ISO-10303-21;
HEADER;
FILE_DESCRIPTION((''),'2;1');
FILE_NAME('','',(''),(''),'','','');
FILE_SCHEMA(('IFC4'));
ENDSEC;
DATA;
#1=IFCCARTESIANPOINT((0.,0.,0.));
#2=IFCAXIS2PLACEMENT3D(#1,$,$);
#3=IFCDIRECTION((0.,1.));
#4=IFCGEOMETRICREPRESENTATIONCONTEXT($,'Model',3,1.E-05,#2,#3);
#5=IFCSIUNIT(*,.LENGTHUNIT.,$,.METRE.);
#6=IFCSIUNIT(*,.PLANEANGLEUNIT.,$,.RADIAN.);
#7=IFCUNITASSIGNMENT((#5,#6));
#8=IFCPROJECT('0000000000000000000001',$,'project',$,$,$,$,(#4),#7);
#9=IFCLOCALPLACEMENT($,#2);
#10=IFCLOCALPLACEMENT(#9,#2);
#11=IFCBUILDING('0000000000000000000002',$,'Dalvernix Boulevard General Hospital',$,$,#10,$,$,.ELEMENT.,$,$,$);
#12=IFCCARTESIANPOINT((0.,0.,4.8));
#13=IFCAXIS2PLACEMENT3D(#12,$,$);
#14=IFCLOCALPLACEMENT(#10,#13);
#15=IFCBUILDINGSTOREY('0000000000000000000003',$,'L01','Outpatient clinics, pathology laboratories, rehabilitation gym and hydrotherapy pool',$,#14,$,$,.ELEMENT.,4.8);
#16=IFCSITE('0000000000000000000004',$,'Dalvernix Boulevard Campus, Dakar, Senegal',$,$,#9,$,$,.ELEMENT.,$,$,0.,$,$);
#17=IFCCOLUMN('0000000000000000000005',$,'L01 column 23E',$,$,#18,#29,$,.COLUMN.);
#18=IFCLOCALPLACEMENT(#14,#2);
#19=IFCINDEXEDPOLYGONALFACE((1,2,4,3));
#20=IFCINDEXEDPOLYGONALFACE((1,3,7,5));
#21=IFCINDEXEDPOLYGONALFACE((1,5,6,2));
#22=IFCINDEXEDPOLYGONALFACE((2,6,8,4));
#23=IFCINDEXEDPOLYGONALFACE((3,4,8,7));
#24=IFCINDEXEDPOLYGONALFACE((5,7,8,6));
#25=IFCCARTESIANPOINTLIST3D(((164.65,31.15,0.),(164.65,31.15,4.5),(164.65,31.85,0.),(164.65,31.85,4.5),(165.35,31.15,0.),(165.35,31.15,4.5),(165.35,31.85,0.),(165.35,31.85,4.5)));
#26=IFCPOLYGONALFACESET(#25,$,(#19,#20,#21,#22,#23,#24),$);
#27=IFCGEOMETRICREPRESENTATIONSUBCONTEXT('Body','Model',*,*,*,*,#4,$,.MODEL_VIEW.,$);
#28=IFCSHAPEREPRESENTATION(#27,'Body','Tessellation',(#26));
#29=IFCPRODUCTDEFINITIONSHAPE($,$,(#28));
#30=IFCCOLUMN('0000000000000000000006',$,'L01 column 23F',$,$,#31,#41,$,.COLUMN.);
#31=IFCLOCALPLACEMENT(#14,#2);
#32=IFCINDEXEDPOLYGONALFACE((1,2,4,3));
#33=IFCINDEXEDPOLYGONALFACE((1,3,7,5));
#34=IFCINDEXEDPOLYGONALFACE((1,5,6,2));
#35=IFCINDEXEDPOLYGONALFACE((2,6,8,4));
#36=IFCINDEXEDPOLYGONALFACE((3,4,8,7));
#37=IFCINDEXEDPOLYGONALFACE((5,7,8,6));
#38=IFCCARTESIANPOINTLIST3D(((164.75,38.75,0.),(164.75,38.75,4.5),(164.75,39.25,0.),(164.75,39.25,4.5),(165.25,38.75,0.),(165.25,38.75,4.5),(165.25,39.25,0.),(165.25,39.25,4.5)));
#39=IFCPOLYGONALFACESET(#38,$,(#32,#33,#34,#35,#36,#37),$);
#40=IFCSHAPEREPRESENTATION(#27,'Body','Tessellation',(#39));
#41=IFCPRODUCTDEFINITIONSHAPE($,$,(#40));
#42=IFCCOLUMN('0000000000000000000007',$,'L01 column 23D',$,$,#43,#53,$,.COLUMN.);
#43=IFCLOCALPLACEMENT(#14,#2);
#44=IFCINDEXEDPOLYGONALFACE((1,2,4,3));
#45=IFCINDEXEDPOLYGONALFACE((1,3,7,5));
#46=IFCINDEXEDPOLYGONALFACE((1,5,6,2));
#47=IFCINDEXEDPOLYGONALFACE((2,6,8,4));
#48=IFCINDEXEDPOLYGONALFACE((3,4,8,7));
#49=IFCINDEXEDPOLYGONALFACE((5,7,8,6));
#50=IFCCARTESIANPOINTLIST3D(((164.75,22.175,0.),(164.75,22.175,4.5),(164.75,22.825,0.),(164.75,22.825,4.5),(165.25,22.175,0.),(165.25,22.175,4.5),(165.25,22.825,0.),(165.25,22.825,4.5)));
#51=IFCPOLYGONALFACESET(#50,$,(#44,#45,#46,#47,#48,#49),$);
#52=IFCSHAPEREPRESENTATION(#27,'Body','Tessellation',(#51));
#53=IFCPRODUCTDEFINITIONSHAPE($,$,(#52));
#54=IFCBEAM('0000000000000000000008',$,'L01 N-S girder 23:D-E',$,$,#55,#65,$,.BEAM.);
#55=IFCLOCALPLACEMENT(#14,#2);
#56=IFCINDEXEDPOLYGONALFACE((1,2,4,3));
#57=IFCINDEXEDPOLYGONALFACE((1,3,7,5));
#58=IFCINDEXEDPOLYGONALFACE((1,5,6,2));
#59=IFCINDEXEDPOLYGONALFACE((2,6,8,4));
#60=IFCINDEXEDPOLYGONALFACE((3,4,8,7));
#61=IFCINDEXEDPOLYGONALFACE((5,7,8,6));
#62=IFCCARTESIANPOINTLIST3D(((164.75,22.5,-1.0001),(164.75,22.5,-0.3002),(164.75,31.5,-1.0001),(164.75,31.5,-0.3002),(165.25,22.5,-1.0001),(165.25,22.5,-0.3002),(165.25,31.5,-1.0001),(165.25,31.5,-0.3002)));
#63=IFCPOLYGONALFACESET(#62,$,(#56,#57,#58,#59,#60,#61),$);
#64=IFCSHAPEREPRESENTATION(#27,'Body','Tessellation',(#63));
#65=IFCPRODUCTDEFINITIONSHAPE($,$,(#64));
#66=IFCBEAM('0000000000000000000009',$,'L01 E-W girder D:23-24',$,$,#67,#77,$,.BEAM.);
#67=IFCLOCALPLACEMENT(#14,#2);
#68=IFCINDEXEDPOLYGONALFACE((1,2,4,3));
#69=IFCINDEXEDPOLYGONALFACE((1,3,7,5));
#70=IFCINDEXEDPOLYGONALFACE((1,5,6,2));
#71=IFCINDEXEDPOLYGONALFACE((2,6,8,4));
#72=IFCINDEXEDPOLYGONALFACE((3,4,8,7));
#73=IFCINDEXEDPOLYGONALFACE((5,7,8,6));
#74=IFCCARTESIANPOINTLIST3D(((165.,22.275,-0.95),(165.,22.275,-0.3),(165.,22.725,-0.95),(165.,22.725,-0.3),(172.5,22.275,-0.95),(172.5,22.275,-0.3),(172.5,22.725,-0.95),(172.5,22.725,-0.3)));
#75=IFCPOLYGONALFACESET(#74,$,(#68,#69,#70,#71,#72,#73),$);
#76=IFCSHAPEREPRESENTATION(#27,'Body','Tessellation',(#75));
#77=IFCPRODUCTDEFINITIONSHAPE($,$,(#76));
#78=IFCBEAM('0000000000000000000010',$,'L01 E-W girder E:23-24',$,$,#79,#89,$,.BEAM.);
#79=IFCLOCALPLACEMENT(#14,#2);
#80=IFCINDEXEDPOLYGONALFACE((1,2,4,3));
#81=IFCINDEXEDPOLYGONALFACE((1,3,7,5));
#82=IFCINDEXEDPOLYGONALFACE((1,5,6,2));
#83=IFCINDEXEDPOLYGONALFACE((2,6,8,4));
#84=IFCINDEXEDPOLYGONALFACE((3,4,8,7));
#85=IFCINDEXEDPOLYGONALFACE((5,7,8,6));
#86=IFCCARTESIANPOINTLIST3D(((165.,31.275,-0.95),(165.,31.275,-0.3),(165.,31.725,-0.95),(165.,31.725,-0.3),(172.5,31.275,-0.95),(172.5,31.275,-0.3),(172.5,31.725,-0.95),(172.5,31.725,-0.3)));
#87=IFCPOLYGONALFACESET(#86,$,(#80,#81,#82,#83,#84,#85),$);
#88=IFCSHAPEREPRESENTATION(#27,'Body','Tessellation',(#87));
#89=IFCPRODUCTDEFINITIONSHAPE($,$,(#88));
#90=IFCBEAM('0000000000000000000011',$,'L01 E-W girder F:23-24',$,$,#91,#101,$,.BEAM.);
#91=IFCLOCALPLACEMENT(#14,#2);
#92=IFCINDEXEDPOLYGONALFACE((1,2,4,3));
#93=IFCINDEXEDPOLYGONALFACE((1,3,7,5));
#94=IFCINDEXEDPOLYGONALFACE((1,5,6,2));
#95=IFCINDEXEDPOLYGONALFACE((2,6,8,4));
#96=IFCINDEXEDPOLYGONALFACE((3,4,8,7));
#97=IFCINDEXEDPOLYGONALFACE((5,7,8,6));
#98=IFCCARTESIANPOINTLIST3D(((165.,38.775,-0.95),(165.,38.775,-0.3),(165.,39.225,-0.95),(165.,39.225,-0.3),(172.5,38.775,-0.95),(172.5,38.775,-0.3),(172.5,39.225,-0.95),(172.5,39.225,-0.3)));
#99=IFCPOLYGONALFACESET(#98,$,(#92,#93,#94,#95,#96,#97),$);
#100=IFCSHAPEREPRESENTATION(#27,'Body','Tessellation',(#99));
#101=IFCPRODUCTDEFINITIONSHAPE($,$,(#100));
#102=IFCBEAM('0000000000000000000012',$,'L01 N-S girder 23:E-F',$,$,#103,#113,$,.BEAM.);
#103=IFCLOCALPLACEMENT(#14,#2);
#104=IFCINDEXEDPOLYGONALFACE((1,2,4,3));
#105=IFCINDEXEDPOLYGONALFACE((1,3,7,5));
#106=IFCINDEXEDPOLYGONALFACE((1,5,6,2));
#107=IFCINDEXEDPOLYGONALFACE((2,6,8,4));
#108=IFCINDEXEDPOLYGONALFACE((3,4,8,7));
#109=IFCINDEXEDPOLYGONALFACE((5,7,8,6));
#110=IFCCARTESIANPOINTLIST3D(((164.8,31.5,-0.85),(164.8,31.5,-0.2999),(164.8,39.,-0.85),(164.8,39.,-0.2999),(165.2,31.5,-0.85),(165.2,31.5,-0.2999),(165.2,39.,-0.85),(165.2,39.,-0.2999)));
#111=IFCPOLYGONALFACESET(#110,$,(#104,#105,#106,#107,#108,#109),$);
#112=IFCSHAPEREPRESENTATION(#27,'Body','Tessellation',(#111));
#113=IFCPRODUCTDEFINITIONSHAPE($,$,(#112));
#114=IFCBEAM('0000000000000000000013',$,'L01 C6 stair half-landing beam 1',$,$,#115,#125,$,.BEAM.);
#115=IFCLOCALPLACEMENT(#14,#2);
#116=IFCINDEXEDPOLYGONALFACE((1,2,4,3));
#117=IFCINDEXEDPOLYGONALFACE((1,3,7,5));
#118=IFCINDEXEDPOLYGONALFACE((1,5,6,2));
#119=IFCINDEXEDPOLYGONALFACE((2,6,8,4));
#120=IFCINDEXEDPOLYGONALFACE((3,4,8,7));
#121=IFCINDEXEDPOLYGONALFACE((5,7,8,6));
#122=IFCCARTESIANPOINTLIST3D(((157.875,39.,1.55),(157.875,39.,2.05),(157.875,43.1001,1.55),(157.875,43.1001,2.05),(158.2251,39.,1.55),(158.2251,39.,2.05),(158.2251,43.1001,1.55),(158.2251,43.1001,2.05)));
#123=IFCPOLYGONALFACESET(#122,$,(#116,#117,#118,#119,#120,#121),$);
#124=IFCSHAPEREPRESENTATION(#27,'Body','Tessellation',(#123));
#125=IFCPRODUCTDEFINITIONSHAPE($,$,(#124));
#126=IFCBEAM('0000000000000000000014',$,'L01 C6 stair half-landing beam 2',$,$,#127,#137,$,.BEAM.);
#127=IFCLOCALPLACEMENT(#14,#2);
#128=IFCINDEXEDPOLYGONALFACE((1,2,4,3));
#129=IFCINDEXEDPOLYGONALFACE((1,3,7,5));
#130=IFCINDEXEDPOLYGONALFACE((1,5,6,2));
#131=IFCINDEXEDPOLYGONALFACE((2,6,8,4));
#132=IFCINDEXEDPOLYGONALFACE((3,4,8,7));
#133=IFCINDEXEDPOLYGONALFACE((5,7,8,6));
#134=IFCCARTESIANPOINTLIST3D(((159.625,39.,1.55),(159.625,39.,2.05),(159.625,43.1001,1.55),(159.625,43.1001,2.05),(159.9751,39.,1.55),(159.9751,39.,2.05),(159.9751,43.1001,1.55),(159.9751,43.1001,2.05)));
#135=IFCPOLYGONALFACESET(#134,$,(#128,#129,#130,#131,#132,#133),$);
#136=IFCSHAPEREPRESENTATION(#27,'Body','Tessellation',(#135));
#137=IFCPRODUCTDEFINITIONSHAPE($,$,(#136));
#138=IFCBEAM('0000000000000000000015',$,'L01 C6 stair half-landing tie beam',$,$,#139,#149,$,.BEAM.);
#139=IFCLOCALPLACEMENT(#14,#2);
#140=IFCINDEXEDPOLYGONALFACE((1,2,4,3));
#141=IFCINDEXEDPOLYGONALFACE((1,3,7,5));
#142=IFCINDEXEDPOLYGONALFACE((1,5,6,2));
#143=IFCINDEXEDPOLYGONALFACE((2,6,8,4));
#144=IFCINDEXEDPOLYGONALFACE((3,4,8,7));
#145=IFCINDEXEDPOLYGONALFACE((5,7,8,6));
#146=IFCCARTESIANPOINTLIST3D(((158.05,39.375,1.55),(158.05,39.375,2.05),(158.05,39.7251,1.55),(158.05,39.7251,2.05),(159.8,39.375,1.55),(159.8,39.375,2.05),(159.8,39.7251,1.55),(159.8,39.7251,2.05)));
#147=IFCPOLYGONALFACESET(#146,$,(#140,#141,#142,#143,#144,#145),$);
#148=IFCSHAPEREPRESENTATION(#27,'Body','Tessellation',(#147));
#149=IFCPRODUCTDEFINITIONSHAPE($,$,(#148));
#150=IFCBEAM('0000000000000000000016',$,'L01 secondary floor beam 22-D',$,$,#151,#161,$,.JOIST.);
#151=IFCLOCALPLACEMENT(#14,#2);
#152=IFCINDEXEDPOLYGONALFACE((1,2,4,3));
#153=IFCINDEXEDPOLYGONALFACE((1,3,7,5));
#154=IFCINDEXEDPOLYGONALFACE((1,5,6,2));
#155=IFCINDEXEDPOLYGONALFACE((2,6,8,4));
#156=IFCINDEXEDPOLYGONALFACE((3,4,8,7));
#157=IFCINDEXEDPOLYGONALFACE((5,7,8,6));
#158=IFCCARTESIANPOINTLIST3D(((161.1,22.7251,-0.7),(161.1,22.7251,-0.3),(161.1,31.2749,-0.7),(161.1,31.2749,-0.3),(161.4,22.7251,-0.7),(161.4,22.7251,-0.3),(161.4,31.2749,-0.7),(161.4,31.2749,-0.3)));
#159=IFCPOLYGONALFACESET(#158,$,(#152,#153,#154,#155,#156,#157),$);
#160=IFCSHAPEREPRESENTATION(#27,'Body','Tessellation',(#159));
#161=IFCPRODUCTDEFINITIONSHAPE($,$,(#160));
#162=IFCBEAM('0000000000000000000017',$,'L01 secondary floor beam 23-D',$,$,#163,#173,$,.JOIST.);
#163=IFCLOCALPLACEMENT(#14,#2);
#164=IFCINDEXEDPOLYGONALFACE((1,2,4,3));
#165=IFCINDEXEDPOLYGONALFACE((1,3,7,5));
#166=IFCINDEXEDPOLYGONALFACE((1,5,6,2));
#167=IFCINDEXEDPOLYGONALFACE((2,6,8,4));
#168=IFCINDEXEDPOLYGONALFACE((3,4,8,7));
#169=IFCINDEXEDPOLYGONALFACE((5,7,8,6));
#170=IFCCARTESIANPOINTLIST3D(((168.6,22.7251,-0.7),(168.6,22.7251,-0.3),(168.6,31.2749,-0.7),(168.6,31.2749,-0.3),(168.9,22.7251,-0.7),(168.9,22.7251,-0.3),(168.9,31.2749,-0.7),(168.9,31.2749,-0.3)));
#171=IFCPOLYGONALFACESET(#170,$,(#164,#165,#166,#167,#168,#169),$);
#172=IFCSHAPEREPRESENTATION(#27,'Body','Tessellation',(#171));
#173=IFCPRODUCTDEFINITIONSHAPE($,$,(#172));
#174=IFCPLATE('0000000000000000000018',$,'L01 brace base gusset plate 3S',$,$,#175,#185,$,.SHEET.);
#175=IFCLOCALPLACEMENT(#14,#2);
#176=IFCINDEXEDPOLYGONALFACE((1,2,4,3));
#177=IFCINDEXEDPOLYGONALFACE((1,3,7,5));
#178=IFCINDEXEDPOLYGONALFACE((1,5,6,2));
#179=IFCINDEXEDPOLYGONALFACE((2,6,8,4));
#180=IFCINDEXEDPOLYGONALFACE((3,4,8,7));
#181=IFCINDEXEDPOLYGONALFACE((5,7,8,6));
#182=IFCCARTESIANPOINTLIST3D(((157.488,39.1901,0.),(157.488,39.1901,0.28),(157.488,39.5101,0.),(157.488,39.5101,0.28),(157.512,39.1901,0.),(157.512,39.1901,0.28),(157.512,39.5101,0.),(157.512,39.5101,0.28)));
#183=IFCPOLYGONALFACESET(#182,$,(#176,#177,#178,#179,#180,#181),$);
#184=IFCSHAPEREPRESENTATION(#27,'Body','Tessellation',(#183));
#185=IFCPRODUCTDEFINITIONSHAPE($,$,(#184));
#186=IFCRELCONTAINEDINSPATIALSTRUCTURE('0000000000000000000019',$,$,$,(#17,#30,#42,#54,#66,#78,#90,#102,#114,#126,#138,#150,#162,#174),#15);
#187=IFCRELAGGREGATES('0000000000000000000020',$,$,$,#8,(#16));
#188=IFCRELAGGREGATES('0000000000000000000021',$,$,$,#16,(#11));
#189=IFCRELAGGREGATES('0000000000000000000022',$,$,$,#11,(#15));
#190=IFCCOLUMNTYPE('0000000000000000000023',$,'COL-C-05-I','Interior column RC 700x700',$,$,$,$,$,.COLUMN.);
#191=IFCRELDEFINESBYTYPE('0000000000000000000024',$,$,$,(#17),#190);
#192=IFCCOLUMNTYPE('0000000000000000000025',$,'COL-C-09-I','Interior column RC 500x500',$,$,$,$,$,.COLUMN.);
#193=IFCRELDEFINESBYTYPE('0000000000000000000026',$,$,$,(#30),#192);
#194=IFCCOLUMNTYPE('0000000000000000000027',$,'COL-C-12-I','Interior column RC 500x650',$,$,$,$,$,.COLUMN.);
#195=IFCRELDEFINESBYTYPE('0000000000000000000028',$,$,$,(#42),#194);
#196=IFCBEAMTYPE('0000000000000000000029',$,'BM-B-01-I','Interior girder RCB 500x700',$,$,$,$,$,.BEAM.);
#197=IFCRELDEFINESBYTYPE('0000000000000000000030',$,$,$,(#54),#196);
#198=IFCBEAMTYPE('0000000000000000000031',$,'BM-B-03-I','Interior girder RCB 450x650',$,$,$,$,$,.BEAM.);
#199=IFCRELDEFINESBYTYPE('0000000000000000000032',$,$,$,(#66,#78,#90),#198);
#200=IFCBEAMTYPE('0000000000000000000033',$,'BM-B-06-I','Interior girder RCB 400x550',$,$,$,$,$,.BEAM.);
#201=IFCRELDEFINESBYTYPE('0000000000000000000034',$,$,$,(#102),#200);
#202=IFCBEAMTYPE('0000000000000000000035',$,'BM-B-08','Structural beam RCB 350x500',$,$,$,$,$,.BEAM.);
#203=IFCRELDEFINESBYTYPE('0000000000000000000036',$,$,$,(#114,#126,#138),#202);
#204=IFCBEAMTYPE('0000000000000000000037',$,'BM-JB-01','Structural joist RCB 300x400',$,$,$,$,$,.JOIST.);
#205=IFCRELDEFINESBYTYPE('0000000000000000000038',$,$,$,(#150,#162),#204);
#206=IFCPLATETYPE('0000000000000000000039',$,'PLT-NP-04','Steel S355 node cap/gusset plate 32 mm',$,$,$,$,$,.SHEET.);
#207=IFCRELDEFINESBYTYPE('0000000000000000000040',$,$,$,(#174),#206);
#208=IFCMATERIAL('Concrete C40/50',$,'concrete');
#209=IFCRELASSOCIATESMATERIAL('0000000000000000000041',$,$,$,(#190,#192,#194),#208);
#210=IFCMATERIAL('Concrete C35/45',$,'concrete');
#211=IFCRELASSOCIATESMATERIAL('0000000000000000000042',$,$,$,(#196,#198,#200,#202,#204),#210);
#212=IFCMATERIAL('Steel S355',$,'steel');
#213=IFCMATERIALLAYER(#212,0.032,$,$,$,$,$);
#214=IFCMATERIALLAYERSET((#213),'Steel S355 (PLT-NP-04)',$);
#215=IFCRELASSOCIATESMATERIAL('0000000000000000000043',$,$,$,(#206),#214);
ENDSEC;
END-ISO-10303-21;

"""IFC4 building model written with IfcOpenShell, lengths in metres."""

from ifc_helpers import new_model, si_unit, direction, frame, origin, origin_2d, place, context, subcontext, project, spatial, rectangle, extrude, material, layer, layer_set, material_profile, profile_set, type_object, element, save


model = new_model("IFC4")

# Units and contexts
model_context = context("Model", 3, precision=1e-05, world=origin(), true_north=direction((0.0, 1.0)))
body_context = subcontext(model_context, "Body", "Model", "MODEL_VIEW")
ifc_project = project(units=[si_unit("LENGTHUNIT", "METRE"), si_unit("PLANEANGLEUNIT", "RADIAN")], contexts=[model_context])

# Site, building, storey
site_placement = place(None, origin())
site = spatial("IfcSite", under=ifc_project, at=site_placement, Name="Dalvernix Boulevard Campus, Dakar, Senegal", CompositionType="ELEMENT", RefElevation=0.0)
building_placement = place(site_placement, origin())
building = spatial("IfcBuilding", under=site, at=building_placement, Name="Dalvernix Boulevard General Hospital", CompositionType="ELEMENT")
storey_placement = place(building_placement, frame((0.0, 0.0, 4.8)))
storey = spatial("IfcBuildingStorey", under=building, at=storey_placement, Name="L01", Description="Outpatient clinics, pathology laboratories, rehabilitation gym and hydrotherapy pool", CompositionType="ELEMENT", Elevation=4.8)

# Columns
ifc_material_1 = material(Name="Concrete C40/50", Category="concrete")
ifc_material_profile_1 = material_profile(ifc_material_1, rectangle(XDim=0.7, YDim=0.7, at=origin_2d()), Name="RC 700x700")
ifc_profile_set_1 = profile_set([ifc_material_profile_1], Name="Concrete C40/50")
column_type_1 = type_object("IfcColumnType", Name="COL-C-05-I", Description="Interior column RC 700x700", PredefinedType="COLUMN", material=ifc_profile_set_1)
column_1_placement = place(storey_placement, frame((165.0, 31.5, 0.0), z_axis=(0.0, 0.0, 1.0), x_axis=(1.0, 0.0, 0.0)))
element("IfcColumn", 1, at=column_1_placement, inside=storey, type_object=column_type_1, Name="L01 column 23E", PredefinedType="COLUMN", context=body_context, shape_type="SweptSolid", body=[
    extrude(rectangle(XDim=0.7, YDim=0.7, at=origin_2d()), origin(), (0.0, 0.0, 1.0), 4.5),
])
ifc_material_profile_2 = material_profile(ifc_material_1, rectangle(XDim=0.5, YDim=0.5, at=origin_2d()), Name="RC 500x500")
ifc_profile_set_2 = profile_set([ifc_material_profile_2], Name="Concrete C40/50")
column_type_2 = type_object("IfcColumnType", Name="COL-C-09-I", Description="Interior column RC 500x500", PredefinedType="COLUMN", material=ifc_profile_set_2)
column_2_placement = place(storey_placement, frame((165.0, 39.0, 0.0), z_axis=(0.0, 0.0, 1.0), x_axis=(1.0, 0.0, 0.0)))
element("IfcColumn", 2, at=column_2_placement, inside=storey, type_object=column_type_2, Name="L01 column 23F", PredefinedType="COLUMN", context=body_context, shape_type="SweptSolid", body=[
    extrude(rectangle(XDim=0.5, YDim=0.5, at=origin_2d()), origin(), (0.0, 0.0, 1.0), 4.5),
])
ifc_material_profile_3 = material_profile(ifc_material_1, rectangle(XDim=0.5, YDim=0.6499, at=origin_2d()), Name="RC 500x650")
ifc_profile_set_3 = profile_set([ifc_material_profile_3], Name="Concrete C40/50")
column_type_3 = type_object("IfcColumnType", Name="COL-C-12-I", Description="Interior column RC 500x650", PredefinedType="COLUMN", material=ifc_profile_set_3)
column_3_placement = place(storey_placement, frame((165.0, 22.5, 0.0), z_axis=(0.0, 0.0, 1.0), x_axis=(1.0, 0.0, 0.0)))
element("IfcColumn", 3, at=column_3_placement, inside=storey, type_object=column_type_3, Name="L01 column 23D", PredefinedType="COLUMN", context=body_context, shape_type="SweptSolid", body=[
    extrude(rectangle(XDim=0.5, YDim=0.6499, at=origin_2d()), origin(), (0.0, 0.0, 1.0), 4.5),
])

# Beams
ifc_material_2 = material(Name="Concrete C35/45", Category="concrete")
ifc_material_profile_4 = material_profile(ifc_material_2, rectangle(XDim=0.5, YDim=0.7, at=origin_2d()), Name="RCB 500x700")
ifc_profile_set_4 = profile_set([ifc_material_profile_4], Name="Concrete C35/45")
beam_type_1 = type_object("IfcBeamType", Name="BM-B-01-I", Description="Interior girder RCB 500x700", PredefinedType="BEAM", material=ifc_profile_set_4)
beam_1_placement = place(storey_placement, frame((165.0, 22.5, -0.6501), z_axis=(0.0, 1.0, 0.0), x_axis=(-1.0, 0.0, 0.0)))
element("IfcBeam", 4, at=beam_1_placement, inside=storey, type_object=beam_type_1, Name="L01 N-S girder 23:D-E", PredefinedType="BEAM", context=body_context, shape_type="SweptSolid", body=[
    extrude(rectangle(XDim=0.5, YDim=0.7, at=origin_2d()), origin(), (0.0, 0.0, 1.0), 9.0),
])
ifc_material_profile_5 = material_profile(ifc_material_2, rectangle(XDim=0.45, YDim=0.6499, at=origin_2d()), Name="RCB 450x650")
ifc_profile_set_5 = profile_set([ifc_material_profile_5], Name="Concrete C35/45")
beam_type_2 = type_object("IfcBeamType", Name="BM-B-03-I", Description="Interior girder RCB 450x650", PredefinedType="BEAM", material=ifc_profile_set_5)
for number, where, z_axis, x_axis, name in (
    (5, (165.0, 22.5, -0.625), (1.0, 0.0, 0.0), (0.0, 1.0, 0.0), "L01 E-W girder D:23-24"),
    (6, (165.0, 31.5, -0.625), (1.0, 0.0, 0.0), (0.0, 1.0, 0.0), "L01 E-W girder E:23-24"),
    (7, (165.0, 39.0, -0.625), (1.0, 0.0, 0.0), (0.0, 1.0, 0.0), "L01 E-W girder F:23-24"),
):
    element("IfcBeam", number, at=place(storey_placement, frame(where, z_axis=z_axis, x_axis=x_axis)), inside=storey, type_object=beam_type_2, Name=name, PredefinedType="BEAM", context=body_context, shape_type="SweptSolid", body=[
        extrude(rectangle(XDim=0.45, YDim=0.6499, at=origin_2d()), origin(), (0.0, 0.0, 1.0), 7.5),
    ])
ifc_material_profile_6 = material_profile(ifc_material_2, rectangle(XDim=0.3999, YDim=0.55, at=origin_2d()), Name="RCB 400x550")
ifc_profile_set_6 = profile_set([ifc_material_profile_6], Name="Concrete C35/45")
beam_type_3 = type_object("IfcBeamType", Name="BM-B-06-I", Description="Interior girder RCB 400x550", PredefinedType="BEAM", material=ifc_profile_set_6)
beam_2_placement = place(storey_placement, frame((165.0, 31.5, -0.575), z_axis=(0.0, 1.0, 0.0), x_axis=(-1.0, 0.0, 0.0)))
element("IfcBeam", 8, at=beam_2_placement, inside=storey, type_object=beam_type_3, Name="L01 N-S girder 23:E-F", PredefinedType="BEAM", context=body_context, shape_type="SweptSolid", body=[
    extrude(rectangle(XDim=0.3999, YDim=0.55, at=origin_2d()), origin(), (0.0, 0.0, 1.0), 7.5),
])
ifc_material_profile_7 = material_profile(ifc_material_2, rectangle(XDim=0.3501, YDim=0.5, at=origin_2d()), Name="RCB 350x500")
ifc_profile_set_7 = profile_set([ifc_material_profile_7], Name="Concrete C35/45")
beam_type_4 = type_object("IfcBeamType", Name="BM-B-08", Description="Structural beam RCB 350x500", PredefinedType="BEAM", material=ifc_profile_set_7)
for number, where, z_axis, x_axis, name in (
    (9, (158.05, 39.0, 1.8), (0.0, 1.0, 0.0), (-1.0, 0.0, 0.0), "L01 C6 stair half-landing beam 1"),
    (10, (159.8, 39.0, 1.8), (0.0, 1.0, 0.0), (-1.0, 0.0, 0.0), "L01 C6 stair half-landing beam 2"),
):
    element("IfcBeam", number, at=place(storey_placement, frame(where, z_axis=z_axis, x_axis=x_axis)), inside=storey, type_object=beam_type_4, Name=name, PredefinedType="BEAM", context=body_context, shape_type="SweptSolid", body=[
        extrude(rectangle(XDim=0.3501, YDim=0.5, at=origin_2d()), origin(), (0.0, 0.0, 1.0), 4.1001),
    ])
beam_3_placement = place(storey_placement, frame((158.05, 39.55, 1.8), z_axis=(1.0, 0.0, 0.0), x_axis=(0.0, 1.0, 0.0)))
element("IfcBeam", 11, at=beam_3_placement, inside=storey, type_object=beam_type_4, Name="L01 C6 stair half-landing tie beam", PredefinedType="BEAM", context=body_context, shape_type="SweptSolid", body=[
    extrude(rectangle(XDim=0.3501, YDim=0.5, at=origin_2d()), origin(), (0.0, 0.0, 1.0), 1.75),
])
ifc_material_profile_8 = material_profile(ifc_material_2, rectangle(XDim=0.3, YDim=0.3999, at=origin_2d()), Name="RCB 300x400")
ifc_profile_set_8 = profile_set([ifc_material_profile_8], Name="Concrete C35/45")
beam_type_5 = type_object("IfcBeamType", Name="BM-JB-01", Description="Structural joist RCB 300x400", PredefinedType="JOIST", material=ifc_profile_set_8)
for number, where, z_axis, x_axis, name in (
    (12, (161.25, 22.7251, -0.5), (0.0, 1.0, 0.0), (-1.0, 0.0, 0.0), "L01 secondary floor beam 22-D"),
    (13, (168.75, 22.7251, -0.5), (0.0, 1.0, 0.0), (-1.0, 0.0, 0.0), "L01 secondary floor beam 23-D"),
):
    element("IfcBeam", number, at=place(storey_placement, frame(where, z_axis=z_axis, x_axis=x_axis)), inside=storey, type_object=beam_type_5, Name=name, PredefinedType="JOIST", context=body_context, shape_type="SweptSolid", body=[
        extrude(rectangle(XDim=0.3, YDim=0.3999, at=origin_2d()), origin(), (0.0, 0.0, 1.0), 8.5498),
    ])

# Plate
ifc_material_3 = material(Name="Steel S355", Category="steel")
ifc_layer_1 = layer(ifc_material_3, 0.032)
ifc_layer_set_1 = layer_set([ifc_layer_1], Name="Steel S355 (PLT-NP-04)")
plate_type = type_object("IfcPlateType", Name="PLT-NP-04", Description="Steel S355 node cap/gusset plate 32 mm", PredefinedType="SHEET", material=ifc_layer_set_1)
plate_placement = place(storey_placement, frame((157.5, 39.3501, 0.0), z_axis=(0.0, 0.0, 1.0), x_axis=(0.0, 1.0, 0.0)))
element("IfcPlate", 14, at=plate_placement, inside=storey, type_object=plate_type, Name="L01 brace base gusset plate 3S", PredefinedType="SHEET", context=body_context, shape_type="SweptSolid", body=[
    extrude(rectangle(XDim=0.3201, YDim=0.0239, at=origin_2d()), origin(), (0.0, 0.0, 1.0), 0.28),
])

save(model, "model.ifc")
